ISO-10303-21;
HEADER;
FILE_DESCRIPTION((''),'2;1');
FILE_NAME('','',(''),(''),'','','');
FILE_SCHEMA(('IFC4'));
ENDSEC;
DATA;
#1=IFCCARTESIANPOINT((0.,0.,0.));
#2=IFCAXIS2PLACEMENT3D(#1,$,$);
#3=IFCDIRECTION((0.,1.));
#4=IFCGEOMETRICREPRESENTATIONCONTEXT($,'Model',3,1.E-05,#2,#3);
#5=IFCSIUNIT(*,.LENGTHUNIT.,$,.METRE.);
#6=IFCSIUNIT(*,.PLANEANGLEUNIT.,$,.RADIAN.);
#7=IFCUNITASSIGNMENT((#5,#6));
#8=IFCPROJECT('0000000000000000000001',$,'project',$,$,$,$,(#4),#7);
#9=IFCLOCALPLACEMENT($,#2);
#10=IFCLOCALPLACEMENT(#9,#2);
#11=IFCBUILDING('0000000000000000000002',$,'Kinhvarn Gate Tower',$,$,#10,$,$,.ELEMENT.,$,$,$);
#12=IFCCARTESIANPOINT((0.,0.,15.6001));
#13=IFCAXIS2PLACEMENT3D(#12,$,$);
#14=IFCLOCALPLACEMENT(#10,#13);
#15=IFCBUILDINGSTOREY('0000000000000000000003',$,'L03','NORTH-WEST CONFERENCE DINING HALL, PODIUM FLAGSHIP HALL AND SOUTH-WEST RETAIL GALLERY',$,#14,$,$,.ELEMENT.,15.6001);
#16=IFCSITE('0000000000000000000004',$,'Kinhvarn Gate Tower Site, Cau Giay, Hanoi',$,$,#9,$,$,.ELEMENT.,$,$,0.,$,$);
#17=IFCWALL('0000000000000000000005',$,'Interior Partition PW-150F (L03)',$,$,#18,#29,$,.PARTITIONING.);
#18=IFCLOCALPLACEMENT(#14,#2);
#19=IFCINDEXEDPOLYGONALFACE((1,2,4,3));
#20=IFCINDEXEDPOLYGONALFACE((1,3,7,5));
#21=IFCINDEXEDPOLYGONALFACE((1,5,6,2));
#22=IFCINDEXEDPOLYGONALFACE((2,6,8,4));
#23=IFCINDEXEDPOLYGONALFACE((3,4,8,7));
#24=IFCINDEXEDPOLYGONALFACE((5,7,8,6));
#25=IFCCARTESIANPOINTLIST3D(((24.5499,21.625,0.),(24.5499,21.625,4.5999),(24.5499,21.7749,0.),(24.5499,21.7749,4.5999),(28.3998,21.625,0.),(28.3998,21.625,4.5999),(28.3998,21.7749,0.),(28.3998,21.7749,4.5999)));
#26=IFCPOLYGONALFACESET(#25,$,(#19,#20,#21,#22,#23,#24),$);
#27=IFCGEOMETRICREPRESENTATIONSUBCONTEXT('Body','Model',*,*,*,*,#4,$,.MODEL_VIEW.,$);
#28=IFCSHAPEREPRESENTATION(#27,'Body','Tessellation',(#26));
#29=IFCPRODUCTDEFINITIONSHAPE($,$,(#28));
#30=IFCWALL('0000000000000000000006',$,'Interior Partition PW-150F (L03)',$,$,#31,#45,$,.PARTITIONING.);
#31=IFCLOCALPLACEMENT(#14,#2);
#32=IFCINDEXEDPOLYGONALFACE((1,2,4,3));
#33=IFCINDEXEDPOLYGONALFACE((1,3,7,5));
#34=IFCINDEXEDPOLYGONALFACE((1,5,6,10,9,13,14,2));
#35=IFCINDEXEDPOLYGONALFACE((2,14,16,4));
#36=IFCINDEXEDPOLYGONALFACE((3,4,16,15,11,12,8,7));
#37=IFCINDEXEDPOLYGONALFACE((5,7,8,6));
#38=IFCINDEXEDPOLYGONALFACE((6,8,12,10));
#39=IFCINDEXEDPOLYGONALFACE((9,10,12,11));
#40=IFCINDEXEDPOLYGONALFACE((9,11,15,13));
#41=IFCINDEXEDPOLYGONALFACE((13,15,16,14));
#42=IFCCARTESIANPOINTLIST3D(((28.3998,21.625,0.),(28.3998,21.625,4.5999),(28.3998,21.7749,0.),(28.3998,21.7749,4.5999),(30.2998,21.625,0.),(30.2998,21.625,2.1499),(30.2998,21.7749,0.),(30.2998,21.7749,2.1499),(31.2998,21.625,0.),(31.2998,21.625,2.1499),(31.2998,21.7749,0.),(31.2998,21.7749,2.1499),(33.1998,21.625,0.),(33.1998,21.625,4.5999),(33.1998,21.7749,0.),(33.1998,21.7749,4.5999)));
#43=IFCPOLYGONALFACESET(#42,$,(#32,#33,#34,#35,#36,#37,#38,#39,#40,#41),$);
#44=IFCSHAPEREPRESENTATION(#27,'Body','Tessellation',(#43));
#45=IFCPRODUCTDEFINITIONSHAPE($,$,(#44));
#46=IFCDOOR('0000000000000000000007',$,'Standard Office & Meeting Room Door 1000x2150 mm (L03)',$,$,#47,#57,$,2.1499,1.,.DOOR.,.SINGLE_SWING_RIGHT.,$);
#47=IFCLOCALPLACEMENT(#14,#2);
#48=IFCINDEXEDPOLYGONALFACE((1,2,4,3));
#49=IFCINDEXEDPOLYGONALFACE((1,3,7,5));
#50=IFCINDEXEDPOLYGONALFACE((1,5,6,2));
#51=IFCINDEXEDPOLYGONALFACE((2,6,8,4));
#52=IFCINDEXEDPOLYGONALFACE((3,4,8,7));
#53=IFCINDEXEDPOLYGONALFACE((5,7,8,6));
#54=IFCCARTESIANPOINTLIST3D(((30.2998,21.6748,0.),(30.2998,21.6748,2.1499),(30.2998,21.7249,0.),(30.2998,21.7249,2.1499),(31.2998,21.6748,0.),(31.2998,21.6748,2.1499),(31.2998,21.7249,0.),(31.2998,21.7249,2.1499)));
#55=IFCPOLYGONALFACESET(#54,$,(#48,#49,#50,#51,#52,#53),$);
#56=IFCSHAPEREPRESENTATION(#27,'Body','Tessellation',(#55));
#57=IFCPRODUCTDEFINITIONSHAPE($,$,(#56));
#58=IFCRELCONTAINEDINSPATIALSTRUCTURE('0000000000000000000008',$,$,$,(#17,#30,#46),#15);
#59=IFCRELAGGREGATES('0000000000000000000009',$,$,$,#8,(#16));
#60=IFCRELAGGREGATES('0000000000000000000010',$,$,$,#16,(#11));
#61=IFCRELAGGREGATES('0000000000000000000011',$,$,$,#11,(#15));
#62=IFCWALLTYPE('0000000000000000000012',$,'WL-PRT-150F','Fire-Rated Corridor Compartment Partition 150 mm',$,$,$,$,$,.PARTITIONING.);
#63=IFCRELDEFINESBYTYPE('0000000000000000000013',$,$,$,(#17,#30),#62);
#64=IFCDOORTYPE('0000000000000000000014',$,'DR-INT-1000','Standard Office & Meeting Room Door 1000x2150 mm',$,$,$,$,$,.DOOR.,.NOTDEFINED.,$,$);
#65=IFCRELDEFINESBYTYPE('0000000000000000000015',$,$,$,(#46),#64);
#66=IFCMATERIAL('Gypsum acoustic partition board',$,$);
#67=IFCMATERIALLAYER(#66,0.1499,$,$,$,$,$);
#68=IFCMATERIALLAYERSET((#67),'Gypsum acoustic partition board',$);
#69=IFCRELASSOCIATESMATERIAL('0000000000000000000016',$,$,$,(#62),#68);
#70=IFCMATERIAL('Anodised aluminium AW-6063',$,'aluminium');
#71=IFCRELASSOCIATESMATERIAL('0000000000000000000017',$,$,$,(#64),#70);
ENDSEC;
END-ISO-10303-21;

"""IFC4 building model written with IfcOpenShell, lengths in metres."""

from ifc_helpers import new_model, si_unit, direction, frame, frame_2d, origin, place, context, subcontext, project, spatial, rectangle, extrude, material, layer, layer_set, type_object, element, fill, save


model = new_model("IFC4")

# Units and contexts
model_context = context("Model", 3, precision=1e-05, world=origin(), true_north=direction((0.0, 1.0)))
body_context = subcontext(model_context, "Body", "Model", "MODEL_VIEW")
ifc_project = project(units=[si_unit("LENGTHUNIT", "METRE"), si_unit("PLANEANGLEUNIT", "RADIAN")], contexts=[model_context])

# Site, building, storey
site_placement = place(None, origin())
site = spatial("IfcSite", under=ifc_project, at=site_placement, Name="Kinhvarn Gate Tower Site, Cau Giay, Hanoi", CompositionType="ELEMENT", RefElevation=0.0)
building_placement = place(site_placement, origin())
building = spatial("IfcBuilding", under=site, at=building_placement, Name="Kinhvarn Gate Tower", CompositionType="ELEMENT")
storey_placement = place(building_placement, frame((0.0, 0.0, 15.6001)))
storey = spatial("IfcBuildingStorey", under=building, at=storey_placement, Name="L03", Description="NORTH-WEST CONFERENCE DINING HALL, PODIUM FLAGSHIP HALL AND SOUTH-WEST RETAIL GALLERY", CompositionType="ELEMENT", Elevation=15.6001)

# Shared definitions
ifc_material_1 = material(Name="Anodised aluminium AW-6063", Category="aluminium")

# Shared definitions
ifc_material_2 = material(Name="Gypsum acoustic partition board")

# Shared definitions
ifc_layer_1 = layer(ifc_material_2, 0.1499)
ifc_layer_set_1 = layer_set([ifc_layer_1], Name="Gypsum acoustic partition board")
wall_type_1 = type_object("IfcWallType", Name="WL-PRT-150F", Description="Fire-Rated Corridor Compartment Partition 150 mm", PredefinedType="PARTITIONING", material=ifc_layer_set_1)
door_type_1 = type_object("IfcDoorType", Name="DR-INT-1000", Description="Standard Office & Meeting Room Door 1000x2150 mm", OperationType="NOTDEFINED", PredefinedType="DOOR", material=ifc_material_1)

# Wall
wall_1_placement = place(storey_placement, frame((24.55, 21.7, 0.0), z_axis=(0.0, 0.0, 1.0), x_axis=(1.0, 0.0, 0.0)))
element("IfcWall", 1, at=wall_1_placement, inside=storey, type_object=wall_type_1, Name="Interior Partition PW-150F (L03)", PredefinedType="PARTITIONING", context=body_context, shape_type="SweptSolid", body=[
    extrude(rectangle(XDim=3.8499, YDim=0.1499, at=frame_2d((1.9248, 0.0))), origin(), (0.0, 0.0, 1.0), 4.5999),
])

# Wall, opening, door
wall_2_placement = place(storey_placement, frame((28.3999, 21.7, 0.0), z_axis=(0.0, 0.0, 1.0), x_axis=(1.0, 0.0, 0.0)))
wall_2 = element("IfcWall", 2, at=wall_2_placement, inside=storey, type_object=wall_type_1, Name="Interior Partition PW-150F (L03)", PredefinedType="PARTITIONING", context=body_context, shape_type="SweptSolid", body=[
    extrude(rectangle(XDim=4.8, YDim=0.1499, at=frame_2d((2.3999, 0.0))), origin(), (0.0, 0.0, 1.0), 4.5999),
])
opening_1_placement = place(wall_2_placement, frame((1.8999, 0.0, 0.0)))
opening_1 = element("IfcOpeningElement", 3, at=opening_1_placement, cuts=wall_2, PredefinedType="OPENING", context=body_context, shape_type="SweptSolid", body=[
    extrude(rectangle(XDim=1.0, YDim=2.1499, at=frame_2d((0.5, 1.075))), frame((0.0, 0.085, 0.0), z_axis=(0.0, -1.0, 0.0), x_axis=(1.0, 0.0, 0.0)), (0.0, 0.0, 1.0), 0.1699),
])
door_1_placement = place(opening_1_placement, origin())
door_1 = element("IfcDoor", 4, at=door_1_placement, inside=storey, type_object=door_type_1, Name="Standard Office & Meeting Room Door 1000x2150 mm (L03)", OperationType="SINGLE_SWING_RIGHT", OverallHeight=2.1499, OverallWidth=1.0, PredefinedType="DOOR", context=body_context, shape_type="SweptSolid", body=[
    extrude(rectangle(XDim=1.0, YDim=2.1499, at=frame_2d((0.5, 1.075))), frame((0.0, 0.0249, 0.0), z_axis=(0.0, -1.0, 0.0), x_axis=(1.0, 0.0, 0.0)), (0.0, 0.0, 1.0), 0.05),
])
fill(opening_1, door_1)

save(model, "model.ifc")
